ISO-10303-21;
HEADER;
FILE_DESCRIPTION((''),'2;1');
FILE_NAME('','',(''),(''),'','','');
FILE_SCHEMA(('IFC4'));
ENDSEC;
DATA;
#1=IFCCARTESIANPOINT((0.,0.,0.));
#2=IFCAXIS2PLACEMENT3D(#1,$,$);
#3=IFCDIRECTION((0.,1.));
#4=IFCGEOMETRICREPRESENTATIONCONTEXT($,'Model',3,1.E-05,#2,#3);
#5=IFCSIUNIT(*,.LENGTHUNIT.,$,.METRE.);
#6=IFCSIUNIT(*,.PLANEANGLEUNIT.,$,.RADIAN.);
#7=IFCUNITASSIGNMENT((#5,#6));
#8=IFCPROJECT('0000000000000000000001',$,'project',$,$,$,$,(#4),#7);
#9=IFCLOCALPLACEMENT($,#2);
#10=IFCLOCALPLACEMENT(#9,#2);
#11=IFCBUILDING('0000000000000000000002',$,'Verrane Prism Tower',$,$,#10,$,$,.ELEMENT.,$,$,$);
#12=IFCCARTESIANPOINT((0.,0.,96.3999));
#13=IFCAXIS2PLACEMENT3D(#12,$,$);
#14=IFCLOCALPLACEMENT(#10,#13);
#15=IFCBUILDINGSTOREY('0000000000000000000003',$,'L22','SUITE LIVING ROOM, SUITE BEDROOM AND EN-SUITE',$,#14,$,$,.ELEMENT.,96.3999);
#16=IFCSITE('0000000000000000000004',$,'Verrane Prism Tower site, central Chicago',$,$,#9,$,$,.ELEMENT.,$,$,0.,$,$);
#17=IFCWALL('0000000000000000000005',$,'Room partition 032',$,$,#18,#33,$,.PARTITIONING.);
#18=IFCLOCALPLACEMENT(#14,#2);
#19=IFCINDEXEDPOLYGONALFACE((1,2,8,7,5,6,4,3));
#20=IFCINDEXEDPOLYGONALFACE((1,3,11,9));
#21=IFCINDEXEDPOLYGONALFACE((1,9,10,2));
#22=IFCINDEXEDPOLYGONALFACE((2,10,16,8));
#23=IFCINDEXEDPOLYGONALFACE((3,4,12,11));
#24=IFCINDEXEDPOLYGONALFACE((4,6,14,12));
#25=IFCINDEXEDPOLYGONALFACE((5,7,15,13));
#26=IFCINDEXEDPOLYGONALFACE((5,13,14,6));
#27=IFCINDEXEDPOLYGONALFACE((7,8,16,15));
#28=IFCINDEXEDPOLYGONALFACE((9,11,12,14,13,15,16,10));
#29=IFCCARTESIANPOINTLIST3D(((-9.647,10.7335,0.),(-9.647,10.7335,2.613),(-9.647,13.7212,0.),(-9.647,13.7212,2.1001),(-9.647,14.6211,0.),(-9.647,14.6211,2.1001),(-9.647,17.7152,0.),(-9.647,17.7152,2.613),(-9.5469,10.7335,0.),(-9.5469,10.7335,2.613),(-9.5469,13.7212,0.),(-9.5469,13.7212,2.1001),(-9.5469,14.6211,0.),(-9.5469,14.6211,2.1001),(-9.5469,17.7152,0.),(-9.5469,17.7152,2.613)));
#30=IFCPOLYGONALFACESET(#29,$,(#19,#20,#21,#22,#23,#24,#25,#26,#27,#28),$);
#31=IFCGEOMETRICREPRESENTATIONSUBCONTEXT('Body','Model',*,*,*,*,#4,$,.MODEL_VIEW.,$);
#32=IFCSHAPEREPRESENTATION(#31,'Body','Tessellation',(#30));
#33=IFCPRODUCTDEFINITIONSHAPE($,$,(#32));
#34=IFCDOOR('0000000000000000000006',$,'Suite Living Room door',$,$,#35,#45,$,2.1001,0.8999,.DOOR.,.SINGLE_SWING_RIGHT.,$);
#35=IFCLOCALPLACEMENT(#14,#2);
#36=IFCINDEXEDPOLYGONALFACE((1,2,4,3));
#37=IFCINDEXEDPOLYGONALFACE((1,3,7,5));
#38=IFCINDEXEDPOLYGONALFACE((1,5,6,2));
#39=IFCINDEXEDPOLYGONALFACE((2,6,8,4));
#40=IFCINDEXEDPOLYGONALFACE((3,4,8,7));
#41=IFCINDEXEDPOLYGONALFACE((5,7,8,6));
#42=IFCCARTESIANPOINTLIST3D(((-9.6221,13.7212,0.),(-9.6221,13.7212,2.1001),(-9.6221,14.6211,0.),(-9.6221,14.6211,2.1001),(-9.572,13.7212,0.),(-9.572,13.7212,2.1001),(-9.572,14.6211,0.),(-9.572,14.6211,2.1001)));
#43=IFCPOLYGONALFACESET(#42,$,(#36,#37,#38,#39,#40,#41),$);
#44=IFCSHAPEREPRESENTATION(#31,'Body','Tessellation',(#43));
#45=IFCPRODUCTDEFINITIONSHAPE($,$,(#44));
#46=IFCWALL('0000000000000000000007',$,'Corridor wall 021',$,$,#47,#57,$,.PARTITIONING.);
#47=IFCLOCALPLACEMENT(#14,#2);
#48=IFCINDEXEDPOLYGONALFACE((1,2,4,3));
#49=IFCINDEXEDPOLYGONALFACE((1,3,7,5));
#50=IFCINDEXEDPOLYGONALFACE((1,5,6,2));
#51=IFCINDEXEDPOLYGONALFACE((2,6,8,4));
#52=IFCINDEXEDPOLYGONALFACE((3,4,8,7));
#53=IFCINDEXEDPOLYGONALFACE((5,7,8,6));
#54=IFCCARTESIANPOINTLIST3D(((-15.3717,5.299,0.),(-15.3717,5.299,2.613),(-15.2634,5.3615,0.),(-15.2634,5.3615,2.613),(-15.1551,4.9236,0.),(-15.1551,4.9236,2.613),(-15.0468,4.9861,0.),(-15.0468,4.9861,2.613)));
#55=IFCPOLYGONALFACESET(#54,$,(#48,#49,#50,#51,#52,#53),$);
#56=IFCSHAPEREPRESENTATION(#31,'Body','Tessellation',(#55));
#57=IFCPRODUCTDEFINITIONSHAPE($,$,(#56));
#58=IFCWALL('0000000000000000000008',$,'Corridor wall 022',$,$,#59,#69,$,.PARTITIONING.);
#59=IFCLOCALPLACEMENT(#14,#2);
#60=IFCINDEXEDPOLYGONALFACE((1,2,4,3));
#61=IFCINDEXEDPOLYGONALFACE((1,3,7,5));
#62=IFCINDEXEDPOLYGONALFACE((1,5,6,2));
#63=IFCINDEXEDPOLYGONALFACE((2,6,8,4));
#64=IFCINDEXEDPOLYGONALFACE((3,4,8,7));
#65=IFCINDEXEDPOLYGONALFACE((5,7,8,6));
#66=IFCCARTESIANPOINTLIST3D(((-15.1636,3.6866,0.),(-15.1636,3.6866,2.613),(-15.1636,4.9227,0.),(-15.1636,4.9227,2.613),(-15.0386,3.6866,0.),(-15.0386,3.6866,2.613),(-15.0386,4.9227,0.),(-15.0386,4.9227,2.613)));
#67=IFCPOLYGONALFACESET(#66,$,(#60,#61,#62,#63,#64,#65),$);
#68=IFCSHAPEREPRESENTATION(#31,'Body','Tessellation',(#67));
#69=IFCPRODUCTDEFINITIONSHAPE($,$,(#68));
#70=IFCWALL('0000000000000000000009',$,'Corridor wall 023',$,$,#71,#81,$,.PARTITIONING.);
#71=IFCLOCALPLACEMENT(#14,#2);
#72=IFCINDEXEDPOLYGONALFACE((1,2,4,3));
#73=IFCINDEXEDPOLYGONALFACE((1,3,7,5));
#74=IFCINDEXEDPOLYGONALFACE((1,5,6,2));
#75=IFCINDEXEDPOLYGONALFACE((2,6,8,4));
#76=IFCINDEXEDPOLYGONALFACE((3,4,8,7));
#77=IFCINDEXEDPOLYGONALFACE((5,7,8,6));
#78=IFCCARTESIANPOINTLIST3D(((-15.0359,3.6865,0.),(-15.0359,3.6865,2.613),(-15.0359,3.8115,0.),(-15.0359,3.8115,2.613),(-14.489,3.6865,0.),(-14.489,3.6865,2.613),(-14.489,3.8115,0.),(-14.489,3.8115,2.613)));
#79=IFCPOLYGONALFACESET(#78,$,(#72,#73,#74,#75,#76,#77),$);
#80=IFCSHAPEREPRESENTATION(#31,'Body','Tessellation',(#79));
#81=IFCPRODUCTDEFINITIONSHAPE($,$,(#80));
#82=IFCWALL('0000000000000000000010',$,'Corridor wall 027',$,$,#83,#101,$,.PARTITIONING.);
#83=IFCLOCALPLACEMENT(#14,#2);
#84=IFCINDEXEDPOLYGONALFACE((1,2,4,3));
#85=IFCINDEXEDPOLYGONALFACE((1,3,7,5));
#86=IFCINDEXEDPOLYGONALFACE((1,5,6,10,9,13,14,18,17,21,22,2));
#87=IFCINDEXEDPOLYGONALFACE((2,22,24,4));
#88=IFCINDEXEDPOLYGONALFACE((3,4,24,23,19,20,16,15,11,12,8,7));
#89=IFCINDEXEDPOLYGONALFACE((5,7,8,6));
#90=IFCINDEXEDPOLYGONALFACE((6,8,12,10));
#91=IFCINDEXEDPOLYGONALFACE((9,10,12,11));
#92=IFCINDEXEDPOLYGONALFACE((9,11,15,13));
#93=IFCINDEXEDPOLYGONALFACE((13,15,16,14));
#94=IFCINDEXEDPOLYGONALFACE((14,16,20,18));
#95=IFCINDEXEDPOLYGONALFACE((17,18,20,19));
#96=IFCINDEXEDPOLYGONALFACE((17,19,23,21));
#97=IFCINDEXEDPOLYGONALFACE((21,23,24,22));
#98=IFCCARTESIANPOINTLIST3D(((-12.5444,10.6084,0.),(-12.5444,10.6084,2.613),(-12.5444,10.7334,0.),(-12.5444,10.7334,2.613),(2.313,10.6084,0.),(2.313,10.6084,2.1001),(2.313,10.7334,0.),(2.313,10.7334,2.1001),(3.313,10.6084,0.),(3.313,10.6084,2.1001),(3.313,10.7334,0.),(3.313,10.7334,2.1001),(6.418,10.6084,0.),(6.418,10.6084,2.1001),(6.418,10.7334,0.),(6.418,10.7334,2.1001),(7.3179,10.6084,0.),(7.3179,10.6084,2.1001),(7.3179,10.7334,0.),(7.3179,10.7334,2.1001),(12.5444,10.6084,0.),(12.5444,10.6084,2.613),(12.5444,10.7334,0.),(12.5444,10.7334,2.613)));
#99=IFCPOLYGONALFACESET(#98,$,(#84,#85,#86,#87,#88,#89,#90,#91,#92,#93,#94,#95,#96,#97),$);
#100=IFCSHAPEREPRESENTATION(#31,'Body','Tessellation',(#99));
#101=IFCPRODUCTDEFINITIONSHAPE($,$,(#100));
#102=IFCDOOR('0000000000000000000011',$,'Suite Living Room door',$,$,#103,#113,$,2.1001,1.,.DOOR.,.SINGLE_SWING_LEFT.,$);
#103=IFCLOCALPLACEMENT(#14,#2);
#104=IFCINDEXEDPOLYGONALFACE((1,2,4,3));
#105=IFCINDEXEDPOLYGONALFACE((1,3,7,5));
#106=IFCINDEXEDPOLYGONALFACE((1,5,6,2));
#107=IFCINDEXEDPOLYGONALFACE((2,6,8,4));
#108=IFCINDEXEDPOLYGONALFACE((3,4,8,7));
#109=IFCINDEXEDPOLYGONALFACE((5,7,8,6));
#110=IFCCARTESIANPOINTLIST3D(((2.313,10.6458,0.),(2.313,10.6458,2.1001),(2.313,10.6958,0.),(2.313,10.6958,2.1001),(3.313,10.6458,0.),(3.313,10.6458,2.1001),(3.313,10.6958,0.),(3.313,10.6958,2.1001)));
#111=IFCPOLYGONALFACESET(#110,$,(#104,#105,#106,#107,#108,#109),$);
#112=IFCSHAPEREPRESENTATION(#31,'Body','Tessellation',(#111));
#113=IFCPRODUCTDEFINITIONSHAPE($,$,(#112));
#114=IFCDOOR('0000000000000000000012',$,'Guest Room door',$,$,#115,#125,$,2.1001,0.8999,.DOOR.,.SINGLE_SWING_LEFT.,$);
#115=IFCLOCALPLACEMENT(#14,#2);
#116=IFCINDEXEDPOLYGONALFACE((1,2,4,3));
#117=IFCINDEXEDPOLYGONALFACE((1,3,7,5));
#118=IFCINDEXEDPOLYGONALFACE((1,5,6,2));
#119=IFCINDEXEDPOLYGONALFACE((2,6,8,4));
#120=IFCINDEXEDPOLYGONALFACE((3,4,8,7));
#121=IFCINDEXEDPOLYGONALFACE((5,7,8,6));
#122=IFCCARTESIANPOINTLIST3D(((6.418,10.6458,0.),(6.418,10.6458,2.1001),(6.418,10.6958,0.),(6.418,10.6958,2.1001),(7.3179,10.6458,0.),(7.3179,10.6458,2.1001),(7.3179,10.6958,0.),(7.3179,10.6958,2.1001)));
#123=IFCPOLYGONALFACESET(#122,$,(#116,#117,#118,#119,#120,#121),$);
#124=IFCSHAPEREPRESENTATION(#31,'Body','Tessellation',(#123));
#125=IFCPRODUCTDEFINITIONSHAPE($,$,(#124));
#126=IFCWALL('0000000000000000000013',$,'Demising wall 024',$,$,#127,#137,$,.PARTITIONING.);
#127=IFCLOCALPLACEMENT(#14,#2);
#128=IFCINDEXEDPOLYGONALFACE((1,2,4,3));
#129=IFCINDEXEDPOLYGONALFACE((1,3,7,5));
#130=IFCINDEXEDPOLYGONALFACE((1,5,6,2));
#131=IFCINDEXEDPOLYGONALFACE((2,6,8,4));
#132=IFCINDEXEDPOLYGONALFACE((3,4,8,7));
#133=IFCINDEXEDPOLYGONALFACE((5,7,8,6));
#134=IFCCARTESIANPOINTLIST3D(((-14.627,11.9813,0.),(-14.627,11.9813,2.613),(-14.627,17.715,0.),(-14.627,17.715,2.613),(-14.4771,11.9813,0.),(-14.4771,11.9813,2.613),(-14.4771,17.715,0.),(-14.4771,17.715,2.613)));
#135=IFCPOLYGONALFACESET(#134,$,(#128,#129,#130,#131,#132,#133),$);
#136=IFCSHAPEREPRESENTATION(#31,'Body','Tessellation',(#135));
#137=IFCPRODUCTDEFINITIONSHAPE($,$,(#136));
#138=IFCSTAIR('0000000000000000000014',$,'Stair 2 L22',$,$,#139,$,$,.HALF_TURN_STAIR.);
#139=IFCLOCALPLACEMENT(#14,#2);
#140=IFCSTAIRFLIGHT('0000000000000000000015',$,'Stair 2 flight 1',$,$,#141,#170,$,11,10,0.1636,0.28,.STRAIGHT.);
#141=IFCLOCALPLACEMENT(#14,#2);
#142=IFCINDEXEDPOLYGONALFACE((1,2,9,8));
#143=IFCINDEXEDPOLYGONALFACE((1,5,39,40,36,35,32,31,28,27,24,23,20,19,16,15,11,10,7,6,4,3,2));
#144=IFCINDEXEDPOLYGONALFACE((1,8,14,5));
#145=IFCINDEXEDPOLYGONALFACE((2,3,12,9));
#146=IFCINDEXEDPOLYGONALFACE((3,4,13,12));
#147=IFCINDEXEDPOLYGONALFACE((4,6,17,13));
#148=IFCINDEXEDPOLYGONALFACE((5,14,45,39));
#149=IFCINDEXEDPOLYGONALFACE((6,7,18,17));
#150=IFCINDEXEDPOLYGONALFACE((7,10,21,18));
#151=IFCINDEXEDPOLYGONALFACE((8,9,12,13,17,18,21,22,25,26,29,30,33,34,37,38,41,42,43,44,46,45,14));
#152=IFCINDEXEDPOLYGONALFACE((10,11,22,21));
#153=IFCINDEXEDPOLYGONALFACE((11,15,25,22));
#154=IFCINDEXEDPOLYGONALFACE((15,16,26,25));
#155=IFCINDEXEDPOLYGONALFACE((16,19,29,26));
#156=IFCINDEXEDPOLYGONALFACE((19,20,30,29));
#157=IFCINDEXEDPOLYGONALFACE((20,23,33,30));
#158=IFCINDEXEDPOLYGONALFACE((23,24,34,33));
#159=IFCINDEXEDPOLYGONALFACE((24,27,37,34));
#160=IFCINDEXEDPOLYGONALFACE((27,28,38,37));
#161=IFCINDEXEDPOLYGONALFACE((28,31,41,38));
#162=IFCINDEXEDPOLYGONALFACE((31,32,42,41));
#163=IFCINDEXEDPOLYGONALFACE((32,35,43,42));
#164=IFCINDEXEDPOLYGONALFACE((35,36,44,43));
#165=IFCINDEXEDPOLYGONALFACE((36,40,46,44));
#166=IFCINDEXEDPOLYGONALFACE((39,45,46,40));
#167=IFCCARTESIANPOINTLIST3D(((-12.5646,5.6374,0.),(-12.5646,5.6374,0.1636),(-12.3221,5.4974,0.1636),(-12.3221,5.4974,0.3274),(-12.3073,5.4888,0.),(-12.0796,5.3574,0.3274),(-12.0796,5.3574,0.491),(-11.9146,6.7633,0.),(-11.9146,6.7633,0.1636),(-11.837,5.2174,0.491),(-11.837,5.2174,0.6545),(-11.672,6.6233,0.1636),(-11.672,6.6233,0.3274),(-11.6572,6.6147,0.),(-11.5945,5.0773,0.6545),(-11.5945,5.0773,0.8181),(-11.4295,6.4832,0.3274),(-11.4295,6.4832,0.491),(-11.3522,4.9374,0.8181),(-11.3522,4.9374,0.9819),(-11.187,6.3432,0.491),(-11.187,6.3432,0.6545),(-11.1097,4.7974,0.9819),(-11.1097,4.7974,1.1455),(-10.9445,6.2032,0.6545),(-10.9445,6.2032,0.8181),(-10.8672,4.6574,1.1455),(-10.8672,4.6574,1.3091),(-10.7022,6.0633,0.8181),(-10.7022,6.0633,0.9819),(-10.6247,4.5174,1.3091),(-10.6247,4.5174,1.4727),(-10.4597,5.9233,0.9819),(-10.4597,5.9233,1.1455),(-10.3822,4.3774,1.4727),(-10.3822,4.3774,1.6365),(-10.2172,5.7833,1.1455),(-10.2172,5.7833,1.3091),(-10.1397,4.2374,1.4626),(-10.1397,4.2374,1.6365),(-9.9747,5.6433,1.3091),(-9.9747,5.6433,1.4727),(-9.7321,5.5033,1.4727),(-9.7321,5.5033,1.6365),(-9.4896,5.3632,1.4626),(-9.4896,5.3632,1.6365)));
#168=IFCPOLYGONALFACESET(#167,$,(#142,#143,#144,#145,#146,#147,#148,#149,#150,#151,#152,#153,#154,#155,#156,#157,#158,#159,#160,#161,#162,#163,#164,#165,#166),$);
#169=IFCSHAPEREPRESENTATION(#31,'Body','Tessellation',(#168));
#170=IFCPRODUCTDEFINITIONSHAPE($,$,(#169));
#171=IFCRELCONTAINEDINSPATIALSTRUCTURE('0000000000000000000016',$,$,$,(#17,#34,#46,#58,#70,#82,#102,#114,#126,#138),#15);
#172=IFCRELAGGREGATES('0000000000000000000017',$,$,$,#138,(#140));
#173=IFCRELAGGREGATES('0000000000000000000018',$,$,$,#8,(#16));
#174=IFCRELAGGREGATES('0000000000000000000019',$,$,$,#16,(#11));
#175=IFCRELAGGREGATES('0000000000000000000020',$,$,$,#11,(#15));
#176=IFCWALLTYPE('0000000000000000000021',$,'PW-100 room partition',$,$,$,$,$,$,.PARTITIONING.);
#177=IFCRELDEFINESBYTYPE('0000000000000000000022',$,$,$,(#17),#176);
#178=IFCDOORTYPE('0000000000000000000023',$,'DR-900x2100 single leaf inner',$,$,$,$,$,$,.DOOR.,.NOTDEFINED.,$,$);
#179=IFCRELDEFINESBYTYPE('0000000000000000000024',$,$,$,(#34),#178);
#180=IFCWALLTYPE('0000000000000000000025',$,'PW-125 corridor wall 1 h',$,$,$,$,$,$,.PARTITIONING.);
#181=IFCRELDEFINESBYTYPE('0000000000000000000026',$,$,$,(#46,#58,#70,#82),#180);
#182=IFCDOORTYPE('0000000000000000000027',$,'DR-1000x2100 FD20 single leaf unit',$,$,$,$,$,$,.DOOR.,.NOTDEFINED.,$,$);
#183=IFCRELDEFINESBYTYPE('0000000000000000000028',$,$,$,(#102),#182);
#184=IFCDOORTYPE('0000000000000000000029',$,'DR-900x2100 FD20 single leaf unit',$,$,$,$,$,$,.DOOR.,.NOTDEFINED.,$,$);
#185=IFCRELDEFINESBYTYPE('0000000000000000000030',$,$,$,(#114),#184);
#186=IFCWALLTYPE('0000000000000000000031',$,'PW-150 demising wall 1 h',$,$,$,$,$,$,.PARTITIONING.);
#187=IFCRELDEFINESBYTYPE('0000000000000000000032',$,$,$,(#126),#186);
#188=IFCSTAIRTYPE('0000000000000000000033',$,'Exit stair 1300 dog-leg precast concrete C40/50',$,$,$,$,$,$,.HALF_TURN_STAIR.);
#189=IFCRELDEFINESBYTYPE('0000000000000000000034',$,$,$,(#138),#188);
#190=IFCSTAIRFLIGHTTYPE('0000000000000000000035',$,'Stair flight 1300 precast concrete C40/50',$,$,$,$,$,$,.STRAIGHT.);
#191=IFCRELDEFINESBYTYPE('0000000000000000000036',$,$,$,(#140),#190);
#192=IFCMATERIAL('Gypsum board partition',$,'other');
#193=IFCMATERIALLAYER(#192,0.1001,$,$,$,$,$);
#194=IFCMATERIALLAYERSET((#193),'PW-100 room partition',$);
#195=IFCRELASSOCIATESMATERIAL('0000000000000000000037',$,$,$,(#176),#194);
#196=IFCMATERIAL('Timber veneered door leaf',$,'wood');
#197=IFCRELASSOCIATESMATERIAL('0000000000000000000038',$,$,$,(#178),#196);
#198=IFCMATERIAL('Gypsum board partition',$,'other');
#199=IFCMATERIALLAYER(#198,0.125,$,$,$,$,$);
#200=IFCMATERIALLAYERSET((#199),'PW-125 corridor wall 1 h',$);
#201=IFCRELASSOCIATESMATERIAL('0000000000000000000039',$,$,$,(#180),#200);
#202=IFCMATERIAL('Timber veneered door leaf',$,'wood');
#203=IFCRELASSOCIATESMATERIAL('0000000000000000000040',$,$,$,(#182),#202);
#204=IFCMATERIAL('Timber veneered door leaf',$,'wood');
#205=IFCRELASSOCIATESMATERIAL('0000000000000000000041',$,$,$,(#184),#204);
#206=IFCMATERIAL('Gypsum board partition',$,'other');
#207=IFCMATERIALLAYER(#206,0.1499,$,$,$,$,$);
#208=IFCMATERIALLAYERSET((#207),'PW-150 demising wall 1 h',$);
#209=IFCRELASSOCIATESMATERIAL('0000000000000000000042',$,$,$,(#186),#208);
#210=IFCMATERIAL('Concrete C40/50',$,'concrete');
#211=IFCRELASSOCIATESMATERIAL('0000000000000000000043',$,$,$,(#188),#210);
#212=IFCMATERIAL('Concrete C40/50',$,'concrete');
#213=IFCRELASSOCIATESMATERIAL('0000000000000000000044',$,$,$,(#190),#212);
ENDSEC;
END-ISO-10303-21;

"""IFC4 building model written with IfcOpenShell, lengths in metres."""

from ifc_helpers import new_model, si_unit, direction, frame, frame_2d, origin, place, context, subcontext, project, spatial, polyline, rectangle, outline, extrude, material, layer, layer_set, type_object, element, fill, aggregate, save


model = new_model("IFC4")

# Units and contexts
model_context = context("Model", 3, precision=1e-05, world=origin(), true_north=direction((0.0, 1.0)))
body_context = subcontext(model_context, "Body", "Model", "MODEL_VIEW")
ifc_project = project(units=[si_unit("LENGTHUNIT", "METRE"), si_unit("PLANEANGLEUNIT", "RADIAN")], contexts=[model_context])

# Site, building, storey
site_placement = place(None, origin())
site = spatial("IfcSite", under=ifc_project, at=site_placement, Name="Verrane Prism Tower site, central Chicago", CompositionType="ELEMENT", RefElevation=0.0)
building_placement = place(site_placement, origin())
building = spatial("IfcBuilding", under=site, at=building_placement, Name="Verrane Prism Tower", CompositionType="ELEMENT")
storey_placement = place(building_placement, frame((0.0, 0.0, 96.3999)))
storey = spatial("IfcBuildingStorey", under=building, at=storey_placement, Name="L22", Description="SUITE LIVING ROOM, SUITE BEDROOM AND EN-SUITE", CompositionType="ELEMENT", Elevation=96.3999)

# Wall, opening, door
ifc_material_1 = material(Name="Gypsum board partition", Category="other")
ifc_layer_1 = layer(ifc_material_1, 0.1001)
ifc_layer_set_1 = layer_set([ifc_layer_1], Name="PW-100 room partition")
wall_type_1 = type_object("IfcWallType", Name="PW-100 room partition", PredefinedType="PARTITIONING", material=ifc_layer_set_1)
wall_1_placement = place(storey_placement, frame((-9.5969, 17.7151, 0.0), z_axis=(0.0, 0.0, 1.0), x_axis=(0.0, -1.0, 0.0)))
wall_1 = element("IfcWall", 1, at=wall_1_placement, inside=storey, type_object=wall_type_1, Name="Room partition 032", PredefinedType="PARTITIONING", context=body_context, shape_type="SweptSolid", body=[
    extrude(rectangle(XDim=6.9817, YDim=0.1001, at=frame_2d((3.4907, 0.0))), origin(), (0.0, 0.0, 1.0), 2.613),
])
opening_1_placement = place(wall_1_placement, frame((3.094, 0.0, 0.0)))
opening_1 = element("IfcOpeningElement", 2, at=opening_1_placement, cuts=wall_1, PredefinedType="OPENING", context=body_context, shape_type="SweptSolid", body=[
    extrude(rectangle(XDim=0.8999, YDim=2.1001, at=frame_2d((0.45, 1.05))), frame((0.0, 0.0601, 0.0), z_axis=(0.0, -1.0, 0.0), x_axis=(1.0, 0.0, 0.0)), (0.0, 0.0, 1.0), 0.1201),
])
ifc_material_2 = material(Name="Timber veneered door leaf", Category="wood")
door_type_1 = type_object("IfcDoorType", Name="DR-900x2100 single leaf inner", OperationType="NOTDEFINED", PredefinedType="DOOR", material=ifc_material_2)
door_1_placement = place(opening_1_placement, origin())
door_1 = element("IfcDoor", 3, at=door_1_placement, inside=storey, type_object=door_type_1, Name="Suite Living Room door", OperationType="SINGLE_SWING_RIGHT", OverallHeight=2.1001, OverallWidth=0.8999, PredefinedType="DOOR", context=body_context, shape_type="SweptSolid", body=[
    extrude(rectangle(XDim=0.8999, YDim=2.1001, at=frame_2d((0.45, 1.05))), frame((0.0, 0.0249, 0.0), z_axis=(0.0, -1.0, 0.0), x_axis=(1.0, 0.0, 0.0)), (0.0, 0.0, 1.0), 0.05),
])
fill(opening_1, door_1)

# Walls
ifc_material_3 = material(Name="Gypsum board partition", Category="other")
ifc_layer_2 = layer(ifc_material_3, 0.125)
ifc_layer_set_2 = layer_set([ifc_layer_2], Name="PW-125 corridor wall 1 h")
wall_type_2 = type_object("IfcWallType", Name="PW-125 corridor wall 1 h", PredefinedType="PARTITIONING", material=ifc_layer_set_2)
wall_2_placement = place(storey_placement, frame((-15.3176, 5.3303, 0.0), z_axis=(0.0, 0.0, 1.0), x_axis=(0.499836, -0.86612, 0.0)))
element("IfcWall", 4, at=wall_2_placement, inside=storey, type_object=wall_type_2, Name="Corridor wall 021", PredefinedType="PARTITIONING", context=body_context, shape_type="SweptSolid", body=[
    extrude(rectangle(XDim=0.4333, YDim=0.125, at=frame_2d((0.2168, 0.0))), origin(), (0.0, 0.0, 1.0), 2.613),
])
wall_3_placement = place(storey_placement, frame((-15.1011, 3.6865, 0.0), z_axis=(0.0, 0.0, 1.0), x_axis=(0.0, 1.0, 0.0)))
element("IfcWall", 5, at=wall_3_placement, inside=storey, type_object=wall_type_2, Name="Corridor wall 022", PredefinedType="PARTITIONING", context=body_context, shape_type="SweptSolid", body=[
    extrude(rectangle(XDim=1.2361, YDim=0.125, at=frame_2d((0.6182, 0.0))), origin(), (0.0, 0.0, 1.0), 2.613),
])
wall_4_placement = place(storey_placement, frame((-15.0359, 3.749, 0.0), z_axis=(0.0, 0.0, 1.0), x_axis=(1.0, 0.0, 0.0)))
element("IfcWall", 6, at=wall_4_placement, inside=storey, type_object=wall_type_2, Name="Corridor wall 023", PredefinedType="PARTITIONING", context=body_context, shape_type="SweptSolid", body=[
    extrude(rectangle(XDim=0.5469, YDim=0.125, at=frame_2d((0.2734, 0.0))), origin(), (0.0, 0.0, 1.0), 2.613),
])

# Wall, openings, doors
wall_5_placement = place(storey_placement, frame((-12.5444, 10.6709, 0.0), z_axis=(0.0, 0.0, 1.0), x_axis=(1.0, 0.0, 0.0)))
wall_5 = element("IfcWall", 7, at=wall_5_placement, inside=storey, type_object=wall_type_2, Name="Corridor wall 027", PredefinedType="PARTITIONING", context=body_context, shape_type="SweptSolid", body=[
    extrude(rectangle(XDim=25.0889, YDim=0.125, at=frame_2d((12.5444, 0.0))), origin(), (0.0, 0.0, 1.0), 2.613),
])
opening_2_placement = place(wall_5_placement, frame((18.9624, 0.0, 0.0)))
opening_2 = element("IfcOpeningElement", 8, at=opening_2_placement, cuts=wall_5, PredefinedType="OPENING", context=body_context, shape_type="SweptSolid", body=[
    extrude(rectangle(XDim=0.8999, YDim=2.1001, at=frame_2d((0.45, 1.05))), frame((0.0, 0.0725, 0.0), z_axis=(0.0, -1.0, 0.0), x_axis=(1.0, 0.0, 0.0)), (0.0, 0.0, 1.0), 0.145),
])
opening_3_placement = place(wall_5_placement, frame((14.8574, 0.0, 0.0)))
opening_3 = element("IfcOpeningElement", 9, at=opening_3_placement, cuts=wall_5, PredefinedType="OPENING", context=body_context, shape_type="SweptSolid", body=[
    extrude(rectangle(XDim=1.0, YDim=2.1001, at=frame_2d((0.5, 1.05))), frame((0.0, 0.0725, 0.0), z_axis=(0.0, -1.0, 0.0), x_axis=(1.0, 0.0, 0.0)), (0.0, 0.0, 1.0), 0.145),
])
ifc_material_4 = material(Name="Timber veneered door leaf", Category="wood")
door_type_2 = type_object("IfcDoorType", Name="DR-1000x2100 FD20 single leaf unit", OperationType="NOTDEFINED", PredefinedType="DOOR", material=ifc_material_4)
door_2_placement = place(opening_3_placement, origin())
door_2 = element("IfcDoor", 10, at=door_2_placement, inside=storey, type_object=door_type_2, Name="Suite Living Room door", OperationType="SINGLE_SWING_LEFT", OverallHeight=2.1001, OverallWidth=1.0, PredefinedType="DOOR", context=body_context, shape_type="SweptSolid", body=[
    extrude(rectangle(XDim=1.0, YDim=2.1001, at=frame_2d((0.5, 1.05))), frame((0.0, 0.0249, 0.0), z_axis=(0.0, -1.0, 0.0), x_axis=(1.0, 0.0, 0.0)), (0.0, 0.0, 1.0), 0.05),
])
fill(opening_3, door_2)
ifc_material_5 = material(Name="Timber veneered door leaf", Category="wood")
door_type_3 = type_object("IfcDoorType", Name="DR-900x2100 FD20 single leaf unit", OperationType="NOTDEFINED", PredefinedType="DOOR", material=ifc_material_5)
door_3_placement = place(opening_2_placement, origin())
door_3 = element("IfcDoor", 11, at=door_3_placement, inside=storey, type_object=door_type_3, Name="Guest Room door", OperationType="SINGLE_SWING_LEFT", OverallHeight=2.1001, OverallWidth=0.8999, PredefinedType="DOOR", context=body_context, shape_type="SweptSolid", body=[
    extrude(rectangle(XDim=0.8999, YDim=2.1001, at=frame_2d((0.45, 1.05))), frame((0.0, 0.0249, 0.0), z_axis=(0.0, -1.0, 0.0), x_axis=(1.0, 0.0, 0.0)), (0.0, 0.0, 1.0), 0.05),
])
fill(opening_2, door_3)

# Wall
ifc_material_6 = material(Name="Gypsum board partition", Category="other")
ifc_layer_3 = layer(ifc_material_6, 0.1499)
ifc_layer_set_3 = layer_set([ifc_layer_3], Name="PW-150 demising wall 1 h")
wall_type_3 = type_object("IfcWallType", Name="PW-150 demising wall 1 h", PredefinedType="PARTITIONING", material=ifc_layer_set_3)
wall_6_placement = place(storey_placement, frame((-14.552, 11.9814, 0.0), z_axis=(0.0, 0.0, 1.0), x_axis=(0.0, 1.0, 0.0)))
element("IfcWall", 12, at=wall_6_placement, inside=storey, type_object=wall_type_3, Name="Demising wall 024", PredefinedType="PARTITIONING", context=body_context, shape_type="SweptSolid", body=[
    extrude(rectangle(XDim=5.7336, YDim=0.1499, at=frame_2d((2.8667, 0.0))), origin(), (0.0, 0.0, 1.0), 2.613),
])

# Stair, stair flight
ifc_material_7 = material(Name="Concrete C40/50", Category="concrete")
stair_type = type_object("IfcStairType", Name="Exit stair 1300 dog-leg precast concrete C40/50", PredefinedType="HALF_TURN_STAIR", material=ifc_material_7)
stair_placement = place(storey_placement, origin())
stair = element("IfcStair", 13, at=stair_placement, inside=storey, type_object=stair_type, Name="Stair 2 L22", PredefinedType="HALF_TURN_STAIR")
ifc_material_8 = material(Name="Concrete C40/50", Category="concrete")
stair_flight_type = type_object("IfcStairFlightType", Name="Stair flight 1300 precast concrete C40/50", PredefinedType="STRAIGHT", material=ifc_material_8)
stair_flight_1_placement = place(storey_placement, frame((-12.2395, 6.2004, 0.0), z_axis=(0.0, 0.0, 1.0), x_axis=(0.866025, -0.5, 0.0)))
stair_flight_1 = element("IfcStairFlight", 14, at=stair_flight_1_placement, type_object=stair_flight_type, Name="Stair 2 flight 1", NumberOfRisers=11, NumberOfTreads=10, PredefinedType="STRAIGHT", RiserHeight=0.1636, TreadLength=0.28, context=body_context, shape_type="SweptSolid", body=[
    extrude(outline(polyline([(0.0, 0.0), (0.0, 0.1636), (0.28, 0.1636), (0.28, 0.3274), (0.5601, 0.3274), (0.5601, 0.491), (0.8401, 0.491), (0.8401, 0.6545), (1.1201, 0.6545), (1.1201, 0.8181), (1.3999, 0.8181), (1.3999, 0.9819), (1.6799, 0.9819), (1.6799, 1.1455), (1.96, 1.1455), (1.96, 1.3091), (2.24, 1.3091), (2.24, 1.4727), (2.52, 1.4727), (2.52, 1.6365), (2.8, 1.6365), (2.8, 1.8), (2.8, 1.4626), (0.2971, 0.0), (0.0, 0.0)])), frame((0.0, 0.6499, 0.0), z_axis=(0.0, -1.0, 0.0), x_axis=(1.0, 0.0, 0.0)), (0.0, 0.0, 1.0), 1.3),
])
aggregate(stair, [stair_flight_1])

save(model, "model.ifc")
